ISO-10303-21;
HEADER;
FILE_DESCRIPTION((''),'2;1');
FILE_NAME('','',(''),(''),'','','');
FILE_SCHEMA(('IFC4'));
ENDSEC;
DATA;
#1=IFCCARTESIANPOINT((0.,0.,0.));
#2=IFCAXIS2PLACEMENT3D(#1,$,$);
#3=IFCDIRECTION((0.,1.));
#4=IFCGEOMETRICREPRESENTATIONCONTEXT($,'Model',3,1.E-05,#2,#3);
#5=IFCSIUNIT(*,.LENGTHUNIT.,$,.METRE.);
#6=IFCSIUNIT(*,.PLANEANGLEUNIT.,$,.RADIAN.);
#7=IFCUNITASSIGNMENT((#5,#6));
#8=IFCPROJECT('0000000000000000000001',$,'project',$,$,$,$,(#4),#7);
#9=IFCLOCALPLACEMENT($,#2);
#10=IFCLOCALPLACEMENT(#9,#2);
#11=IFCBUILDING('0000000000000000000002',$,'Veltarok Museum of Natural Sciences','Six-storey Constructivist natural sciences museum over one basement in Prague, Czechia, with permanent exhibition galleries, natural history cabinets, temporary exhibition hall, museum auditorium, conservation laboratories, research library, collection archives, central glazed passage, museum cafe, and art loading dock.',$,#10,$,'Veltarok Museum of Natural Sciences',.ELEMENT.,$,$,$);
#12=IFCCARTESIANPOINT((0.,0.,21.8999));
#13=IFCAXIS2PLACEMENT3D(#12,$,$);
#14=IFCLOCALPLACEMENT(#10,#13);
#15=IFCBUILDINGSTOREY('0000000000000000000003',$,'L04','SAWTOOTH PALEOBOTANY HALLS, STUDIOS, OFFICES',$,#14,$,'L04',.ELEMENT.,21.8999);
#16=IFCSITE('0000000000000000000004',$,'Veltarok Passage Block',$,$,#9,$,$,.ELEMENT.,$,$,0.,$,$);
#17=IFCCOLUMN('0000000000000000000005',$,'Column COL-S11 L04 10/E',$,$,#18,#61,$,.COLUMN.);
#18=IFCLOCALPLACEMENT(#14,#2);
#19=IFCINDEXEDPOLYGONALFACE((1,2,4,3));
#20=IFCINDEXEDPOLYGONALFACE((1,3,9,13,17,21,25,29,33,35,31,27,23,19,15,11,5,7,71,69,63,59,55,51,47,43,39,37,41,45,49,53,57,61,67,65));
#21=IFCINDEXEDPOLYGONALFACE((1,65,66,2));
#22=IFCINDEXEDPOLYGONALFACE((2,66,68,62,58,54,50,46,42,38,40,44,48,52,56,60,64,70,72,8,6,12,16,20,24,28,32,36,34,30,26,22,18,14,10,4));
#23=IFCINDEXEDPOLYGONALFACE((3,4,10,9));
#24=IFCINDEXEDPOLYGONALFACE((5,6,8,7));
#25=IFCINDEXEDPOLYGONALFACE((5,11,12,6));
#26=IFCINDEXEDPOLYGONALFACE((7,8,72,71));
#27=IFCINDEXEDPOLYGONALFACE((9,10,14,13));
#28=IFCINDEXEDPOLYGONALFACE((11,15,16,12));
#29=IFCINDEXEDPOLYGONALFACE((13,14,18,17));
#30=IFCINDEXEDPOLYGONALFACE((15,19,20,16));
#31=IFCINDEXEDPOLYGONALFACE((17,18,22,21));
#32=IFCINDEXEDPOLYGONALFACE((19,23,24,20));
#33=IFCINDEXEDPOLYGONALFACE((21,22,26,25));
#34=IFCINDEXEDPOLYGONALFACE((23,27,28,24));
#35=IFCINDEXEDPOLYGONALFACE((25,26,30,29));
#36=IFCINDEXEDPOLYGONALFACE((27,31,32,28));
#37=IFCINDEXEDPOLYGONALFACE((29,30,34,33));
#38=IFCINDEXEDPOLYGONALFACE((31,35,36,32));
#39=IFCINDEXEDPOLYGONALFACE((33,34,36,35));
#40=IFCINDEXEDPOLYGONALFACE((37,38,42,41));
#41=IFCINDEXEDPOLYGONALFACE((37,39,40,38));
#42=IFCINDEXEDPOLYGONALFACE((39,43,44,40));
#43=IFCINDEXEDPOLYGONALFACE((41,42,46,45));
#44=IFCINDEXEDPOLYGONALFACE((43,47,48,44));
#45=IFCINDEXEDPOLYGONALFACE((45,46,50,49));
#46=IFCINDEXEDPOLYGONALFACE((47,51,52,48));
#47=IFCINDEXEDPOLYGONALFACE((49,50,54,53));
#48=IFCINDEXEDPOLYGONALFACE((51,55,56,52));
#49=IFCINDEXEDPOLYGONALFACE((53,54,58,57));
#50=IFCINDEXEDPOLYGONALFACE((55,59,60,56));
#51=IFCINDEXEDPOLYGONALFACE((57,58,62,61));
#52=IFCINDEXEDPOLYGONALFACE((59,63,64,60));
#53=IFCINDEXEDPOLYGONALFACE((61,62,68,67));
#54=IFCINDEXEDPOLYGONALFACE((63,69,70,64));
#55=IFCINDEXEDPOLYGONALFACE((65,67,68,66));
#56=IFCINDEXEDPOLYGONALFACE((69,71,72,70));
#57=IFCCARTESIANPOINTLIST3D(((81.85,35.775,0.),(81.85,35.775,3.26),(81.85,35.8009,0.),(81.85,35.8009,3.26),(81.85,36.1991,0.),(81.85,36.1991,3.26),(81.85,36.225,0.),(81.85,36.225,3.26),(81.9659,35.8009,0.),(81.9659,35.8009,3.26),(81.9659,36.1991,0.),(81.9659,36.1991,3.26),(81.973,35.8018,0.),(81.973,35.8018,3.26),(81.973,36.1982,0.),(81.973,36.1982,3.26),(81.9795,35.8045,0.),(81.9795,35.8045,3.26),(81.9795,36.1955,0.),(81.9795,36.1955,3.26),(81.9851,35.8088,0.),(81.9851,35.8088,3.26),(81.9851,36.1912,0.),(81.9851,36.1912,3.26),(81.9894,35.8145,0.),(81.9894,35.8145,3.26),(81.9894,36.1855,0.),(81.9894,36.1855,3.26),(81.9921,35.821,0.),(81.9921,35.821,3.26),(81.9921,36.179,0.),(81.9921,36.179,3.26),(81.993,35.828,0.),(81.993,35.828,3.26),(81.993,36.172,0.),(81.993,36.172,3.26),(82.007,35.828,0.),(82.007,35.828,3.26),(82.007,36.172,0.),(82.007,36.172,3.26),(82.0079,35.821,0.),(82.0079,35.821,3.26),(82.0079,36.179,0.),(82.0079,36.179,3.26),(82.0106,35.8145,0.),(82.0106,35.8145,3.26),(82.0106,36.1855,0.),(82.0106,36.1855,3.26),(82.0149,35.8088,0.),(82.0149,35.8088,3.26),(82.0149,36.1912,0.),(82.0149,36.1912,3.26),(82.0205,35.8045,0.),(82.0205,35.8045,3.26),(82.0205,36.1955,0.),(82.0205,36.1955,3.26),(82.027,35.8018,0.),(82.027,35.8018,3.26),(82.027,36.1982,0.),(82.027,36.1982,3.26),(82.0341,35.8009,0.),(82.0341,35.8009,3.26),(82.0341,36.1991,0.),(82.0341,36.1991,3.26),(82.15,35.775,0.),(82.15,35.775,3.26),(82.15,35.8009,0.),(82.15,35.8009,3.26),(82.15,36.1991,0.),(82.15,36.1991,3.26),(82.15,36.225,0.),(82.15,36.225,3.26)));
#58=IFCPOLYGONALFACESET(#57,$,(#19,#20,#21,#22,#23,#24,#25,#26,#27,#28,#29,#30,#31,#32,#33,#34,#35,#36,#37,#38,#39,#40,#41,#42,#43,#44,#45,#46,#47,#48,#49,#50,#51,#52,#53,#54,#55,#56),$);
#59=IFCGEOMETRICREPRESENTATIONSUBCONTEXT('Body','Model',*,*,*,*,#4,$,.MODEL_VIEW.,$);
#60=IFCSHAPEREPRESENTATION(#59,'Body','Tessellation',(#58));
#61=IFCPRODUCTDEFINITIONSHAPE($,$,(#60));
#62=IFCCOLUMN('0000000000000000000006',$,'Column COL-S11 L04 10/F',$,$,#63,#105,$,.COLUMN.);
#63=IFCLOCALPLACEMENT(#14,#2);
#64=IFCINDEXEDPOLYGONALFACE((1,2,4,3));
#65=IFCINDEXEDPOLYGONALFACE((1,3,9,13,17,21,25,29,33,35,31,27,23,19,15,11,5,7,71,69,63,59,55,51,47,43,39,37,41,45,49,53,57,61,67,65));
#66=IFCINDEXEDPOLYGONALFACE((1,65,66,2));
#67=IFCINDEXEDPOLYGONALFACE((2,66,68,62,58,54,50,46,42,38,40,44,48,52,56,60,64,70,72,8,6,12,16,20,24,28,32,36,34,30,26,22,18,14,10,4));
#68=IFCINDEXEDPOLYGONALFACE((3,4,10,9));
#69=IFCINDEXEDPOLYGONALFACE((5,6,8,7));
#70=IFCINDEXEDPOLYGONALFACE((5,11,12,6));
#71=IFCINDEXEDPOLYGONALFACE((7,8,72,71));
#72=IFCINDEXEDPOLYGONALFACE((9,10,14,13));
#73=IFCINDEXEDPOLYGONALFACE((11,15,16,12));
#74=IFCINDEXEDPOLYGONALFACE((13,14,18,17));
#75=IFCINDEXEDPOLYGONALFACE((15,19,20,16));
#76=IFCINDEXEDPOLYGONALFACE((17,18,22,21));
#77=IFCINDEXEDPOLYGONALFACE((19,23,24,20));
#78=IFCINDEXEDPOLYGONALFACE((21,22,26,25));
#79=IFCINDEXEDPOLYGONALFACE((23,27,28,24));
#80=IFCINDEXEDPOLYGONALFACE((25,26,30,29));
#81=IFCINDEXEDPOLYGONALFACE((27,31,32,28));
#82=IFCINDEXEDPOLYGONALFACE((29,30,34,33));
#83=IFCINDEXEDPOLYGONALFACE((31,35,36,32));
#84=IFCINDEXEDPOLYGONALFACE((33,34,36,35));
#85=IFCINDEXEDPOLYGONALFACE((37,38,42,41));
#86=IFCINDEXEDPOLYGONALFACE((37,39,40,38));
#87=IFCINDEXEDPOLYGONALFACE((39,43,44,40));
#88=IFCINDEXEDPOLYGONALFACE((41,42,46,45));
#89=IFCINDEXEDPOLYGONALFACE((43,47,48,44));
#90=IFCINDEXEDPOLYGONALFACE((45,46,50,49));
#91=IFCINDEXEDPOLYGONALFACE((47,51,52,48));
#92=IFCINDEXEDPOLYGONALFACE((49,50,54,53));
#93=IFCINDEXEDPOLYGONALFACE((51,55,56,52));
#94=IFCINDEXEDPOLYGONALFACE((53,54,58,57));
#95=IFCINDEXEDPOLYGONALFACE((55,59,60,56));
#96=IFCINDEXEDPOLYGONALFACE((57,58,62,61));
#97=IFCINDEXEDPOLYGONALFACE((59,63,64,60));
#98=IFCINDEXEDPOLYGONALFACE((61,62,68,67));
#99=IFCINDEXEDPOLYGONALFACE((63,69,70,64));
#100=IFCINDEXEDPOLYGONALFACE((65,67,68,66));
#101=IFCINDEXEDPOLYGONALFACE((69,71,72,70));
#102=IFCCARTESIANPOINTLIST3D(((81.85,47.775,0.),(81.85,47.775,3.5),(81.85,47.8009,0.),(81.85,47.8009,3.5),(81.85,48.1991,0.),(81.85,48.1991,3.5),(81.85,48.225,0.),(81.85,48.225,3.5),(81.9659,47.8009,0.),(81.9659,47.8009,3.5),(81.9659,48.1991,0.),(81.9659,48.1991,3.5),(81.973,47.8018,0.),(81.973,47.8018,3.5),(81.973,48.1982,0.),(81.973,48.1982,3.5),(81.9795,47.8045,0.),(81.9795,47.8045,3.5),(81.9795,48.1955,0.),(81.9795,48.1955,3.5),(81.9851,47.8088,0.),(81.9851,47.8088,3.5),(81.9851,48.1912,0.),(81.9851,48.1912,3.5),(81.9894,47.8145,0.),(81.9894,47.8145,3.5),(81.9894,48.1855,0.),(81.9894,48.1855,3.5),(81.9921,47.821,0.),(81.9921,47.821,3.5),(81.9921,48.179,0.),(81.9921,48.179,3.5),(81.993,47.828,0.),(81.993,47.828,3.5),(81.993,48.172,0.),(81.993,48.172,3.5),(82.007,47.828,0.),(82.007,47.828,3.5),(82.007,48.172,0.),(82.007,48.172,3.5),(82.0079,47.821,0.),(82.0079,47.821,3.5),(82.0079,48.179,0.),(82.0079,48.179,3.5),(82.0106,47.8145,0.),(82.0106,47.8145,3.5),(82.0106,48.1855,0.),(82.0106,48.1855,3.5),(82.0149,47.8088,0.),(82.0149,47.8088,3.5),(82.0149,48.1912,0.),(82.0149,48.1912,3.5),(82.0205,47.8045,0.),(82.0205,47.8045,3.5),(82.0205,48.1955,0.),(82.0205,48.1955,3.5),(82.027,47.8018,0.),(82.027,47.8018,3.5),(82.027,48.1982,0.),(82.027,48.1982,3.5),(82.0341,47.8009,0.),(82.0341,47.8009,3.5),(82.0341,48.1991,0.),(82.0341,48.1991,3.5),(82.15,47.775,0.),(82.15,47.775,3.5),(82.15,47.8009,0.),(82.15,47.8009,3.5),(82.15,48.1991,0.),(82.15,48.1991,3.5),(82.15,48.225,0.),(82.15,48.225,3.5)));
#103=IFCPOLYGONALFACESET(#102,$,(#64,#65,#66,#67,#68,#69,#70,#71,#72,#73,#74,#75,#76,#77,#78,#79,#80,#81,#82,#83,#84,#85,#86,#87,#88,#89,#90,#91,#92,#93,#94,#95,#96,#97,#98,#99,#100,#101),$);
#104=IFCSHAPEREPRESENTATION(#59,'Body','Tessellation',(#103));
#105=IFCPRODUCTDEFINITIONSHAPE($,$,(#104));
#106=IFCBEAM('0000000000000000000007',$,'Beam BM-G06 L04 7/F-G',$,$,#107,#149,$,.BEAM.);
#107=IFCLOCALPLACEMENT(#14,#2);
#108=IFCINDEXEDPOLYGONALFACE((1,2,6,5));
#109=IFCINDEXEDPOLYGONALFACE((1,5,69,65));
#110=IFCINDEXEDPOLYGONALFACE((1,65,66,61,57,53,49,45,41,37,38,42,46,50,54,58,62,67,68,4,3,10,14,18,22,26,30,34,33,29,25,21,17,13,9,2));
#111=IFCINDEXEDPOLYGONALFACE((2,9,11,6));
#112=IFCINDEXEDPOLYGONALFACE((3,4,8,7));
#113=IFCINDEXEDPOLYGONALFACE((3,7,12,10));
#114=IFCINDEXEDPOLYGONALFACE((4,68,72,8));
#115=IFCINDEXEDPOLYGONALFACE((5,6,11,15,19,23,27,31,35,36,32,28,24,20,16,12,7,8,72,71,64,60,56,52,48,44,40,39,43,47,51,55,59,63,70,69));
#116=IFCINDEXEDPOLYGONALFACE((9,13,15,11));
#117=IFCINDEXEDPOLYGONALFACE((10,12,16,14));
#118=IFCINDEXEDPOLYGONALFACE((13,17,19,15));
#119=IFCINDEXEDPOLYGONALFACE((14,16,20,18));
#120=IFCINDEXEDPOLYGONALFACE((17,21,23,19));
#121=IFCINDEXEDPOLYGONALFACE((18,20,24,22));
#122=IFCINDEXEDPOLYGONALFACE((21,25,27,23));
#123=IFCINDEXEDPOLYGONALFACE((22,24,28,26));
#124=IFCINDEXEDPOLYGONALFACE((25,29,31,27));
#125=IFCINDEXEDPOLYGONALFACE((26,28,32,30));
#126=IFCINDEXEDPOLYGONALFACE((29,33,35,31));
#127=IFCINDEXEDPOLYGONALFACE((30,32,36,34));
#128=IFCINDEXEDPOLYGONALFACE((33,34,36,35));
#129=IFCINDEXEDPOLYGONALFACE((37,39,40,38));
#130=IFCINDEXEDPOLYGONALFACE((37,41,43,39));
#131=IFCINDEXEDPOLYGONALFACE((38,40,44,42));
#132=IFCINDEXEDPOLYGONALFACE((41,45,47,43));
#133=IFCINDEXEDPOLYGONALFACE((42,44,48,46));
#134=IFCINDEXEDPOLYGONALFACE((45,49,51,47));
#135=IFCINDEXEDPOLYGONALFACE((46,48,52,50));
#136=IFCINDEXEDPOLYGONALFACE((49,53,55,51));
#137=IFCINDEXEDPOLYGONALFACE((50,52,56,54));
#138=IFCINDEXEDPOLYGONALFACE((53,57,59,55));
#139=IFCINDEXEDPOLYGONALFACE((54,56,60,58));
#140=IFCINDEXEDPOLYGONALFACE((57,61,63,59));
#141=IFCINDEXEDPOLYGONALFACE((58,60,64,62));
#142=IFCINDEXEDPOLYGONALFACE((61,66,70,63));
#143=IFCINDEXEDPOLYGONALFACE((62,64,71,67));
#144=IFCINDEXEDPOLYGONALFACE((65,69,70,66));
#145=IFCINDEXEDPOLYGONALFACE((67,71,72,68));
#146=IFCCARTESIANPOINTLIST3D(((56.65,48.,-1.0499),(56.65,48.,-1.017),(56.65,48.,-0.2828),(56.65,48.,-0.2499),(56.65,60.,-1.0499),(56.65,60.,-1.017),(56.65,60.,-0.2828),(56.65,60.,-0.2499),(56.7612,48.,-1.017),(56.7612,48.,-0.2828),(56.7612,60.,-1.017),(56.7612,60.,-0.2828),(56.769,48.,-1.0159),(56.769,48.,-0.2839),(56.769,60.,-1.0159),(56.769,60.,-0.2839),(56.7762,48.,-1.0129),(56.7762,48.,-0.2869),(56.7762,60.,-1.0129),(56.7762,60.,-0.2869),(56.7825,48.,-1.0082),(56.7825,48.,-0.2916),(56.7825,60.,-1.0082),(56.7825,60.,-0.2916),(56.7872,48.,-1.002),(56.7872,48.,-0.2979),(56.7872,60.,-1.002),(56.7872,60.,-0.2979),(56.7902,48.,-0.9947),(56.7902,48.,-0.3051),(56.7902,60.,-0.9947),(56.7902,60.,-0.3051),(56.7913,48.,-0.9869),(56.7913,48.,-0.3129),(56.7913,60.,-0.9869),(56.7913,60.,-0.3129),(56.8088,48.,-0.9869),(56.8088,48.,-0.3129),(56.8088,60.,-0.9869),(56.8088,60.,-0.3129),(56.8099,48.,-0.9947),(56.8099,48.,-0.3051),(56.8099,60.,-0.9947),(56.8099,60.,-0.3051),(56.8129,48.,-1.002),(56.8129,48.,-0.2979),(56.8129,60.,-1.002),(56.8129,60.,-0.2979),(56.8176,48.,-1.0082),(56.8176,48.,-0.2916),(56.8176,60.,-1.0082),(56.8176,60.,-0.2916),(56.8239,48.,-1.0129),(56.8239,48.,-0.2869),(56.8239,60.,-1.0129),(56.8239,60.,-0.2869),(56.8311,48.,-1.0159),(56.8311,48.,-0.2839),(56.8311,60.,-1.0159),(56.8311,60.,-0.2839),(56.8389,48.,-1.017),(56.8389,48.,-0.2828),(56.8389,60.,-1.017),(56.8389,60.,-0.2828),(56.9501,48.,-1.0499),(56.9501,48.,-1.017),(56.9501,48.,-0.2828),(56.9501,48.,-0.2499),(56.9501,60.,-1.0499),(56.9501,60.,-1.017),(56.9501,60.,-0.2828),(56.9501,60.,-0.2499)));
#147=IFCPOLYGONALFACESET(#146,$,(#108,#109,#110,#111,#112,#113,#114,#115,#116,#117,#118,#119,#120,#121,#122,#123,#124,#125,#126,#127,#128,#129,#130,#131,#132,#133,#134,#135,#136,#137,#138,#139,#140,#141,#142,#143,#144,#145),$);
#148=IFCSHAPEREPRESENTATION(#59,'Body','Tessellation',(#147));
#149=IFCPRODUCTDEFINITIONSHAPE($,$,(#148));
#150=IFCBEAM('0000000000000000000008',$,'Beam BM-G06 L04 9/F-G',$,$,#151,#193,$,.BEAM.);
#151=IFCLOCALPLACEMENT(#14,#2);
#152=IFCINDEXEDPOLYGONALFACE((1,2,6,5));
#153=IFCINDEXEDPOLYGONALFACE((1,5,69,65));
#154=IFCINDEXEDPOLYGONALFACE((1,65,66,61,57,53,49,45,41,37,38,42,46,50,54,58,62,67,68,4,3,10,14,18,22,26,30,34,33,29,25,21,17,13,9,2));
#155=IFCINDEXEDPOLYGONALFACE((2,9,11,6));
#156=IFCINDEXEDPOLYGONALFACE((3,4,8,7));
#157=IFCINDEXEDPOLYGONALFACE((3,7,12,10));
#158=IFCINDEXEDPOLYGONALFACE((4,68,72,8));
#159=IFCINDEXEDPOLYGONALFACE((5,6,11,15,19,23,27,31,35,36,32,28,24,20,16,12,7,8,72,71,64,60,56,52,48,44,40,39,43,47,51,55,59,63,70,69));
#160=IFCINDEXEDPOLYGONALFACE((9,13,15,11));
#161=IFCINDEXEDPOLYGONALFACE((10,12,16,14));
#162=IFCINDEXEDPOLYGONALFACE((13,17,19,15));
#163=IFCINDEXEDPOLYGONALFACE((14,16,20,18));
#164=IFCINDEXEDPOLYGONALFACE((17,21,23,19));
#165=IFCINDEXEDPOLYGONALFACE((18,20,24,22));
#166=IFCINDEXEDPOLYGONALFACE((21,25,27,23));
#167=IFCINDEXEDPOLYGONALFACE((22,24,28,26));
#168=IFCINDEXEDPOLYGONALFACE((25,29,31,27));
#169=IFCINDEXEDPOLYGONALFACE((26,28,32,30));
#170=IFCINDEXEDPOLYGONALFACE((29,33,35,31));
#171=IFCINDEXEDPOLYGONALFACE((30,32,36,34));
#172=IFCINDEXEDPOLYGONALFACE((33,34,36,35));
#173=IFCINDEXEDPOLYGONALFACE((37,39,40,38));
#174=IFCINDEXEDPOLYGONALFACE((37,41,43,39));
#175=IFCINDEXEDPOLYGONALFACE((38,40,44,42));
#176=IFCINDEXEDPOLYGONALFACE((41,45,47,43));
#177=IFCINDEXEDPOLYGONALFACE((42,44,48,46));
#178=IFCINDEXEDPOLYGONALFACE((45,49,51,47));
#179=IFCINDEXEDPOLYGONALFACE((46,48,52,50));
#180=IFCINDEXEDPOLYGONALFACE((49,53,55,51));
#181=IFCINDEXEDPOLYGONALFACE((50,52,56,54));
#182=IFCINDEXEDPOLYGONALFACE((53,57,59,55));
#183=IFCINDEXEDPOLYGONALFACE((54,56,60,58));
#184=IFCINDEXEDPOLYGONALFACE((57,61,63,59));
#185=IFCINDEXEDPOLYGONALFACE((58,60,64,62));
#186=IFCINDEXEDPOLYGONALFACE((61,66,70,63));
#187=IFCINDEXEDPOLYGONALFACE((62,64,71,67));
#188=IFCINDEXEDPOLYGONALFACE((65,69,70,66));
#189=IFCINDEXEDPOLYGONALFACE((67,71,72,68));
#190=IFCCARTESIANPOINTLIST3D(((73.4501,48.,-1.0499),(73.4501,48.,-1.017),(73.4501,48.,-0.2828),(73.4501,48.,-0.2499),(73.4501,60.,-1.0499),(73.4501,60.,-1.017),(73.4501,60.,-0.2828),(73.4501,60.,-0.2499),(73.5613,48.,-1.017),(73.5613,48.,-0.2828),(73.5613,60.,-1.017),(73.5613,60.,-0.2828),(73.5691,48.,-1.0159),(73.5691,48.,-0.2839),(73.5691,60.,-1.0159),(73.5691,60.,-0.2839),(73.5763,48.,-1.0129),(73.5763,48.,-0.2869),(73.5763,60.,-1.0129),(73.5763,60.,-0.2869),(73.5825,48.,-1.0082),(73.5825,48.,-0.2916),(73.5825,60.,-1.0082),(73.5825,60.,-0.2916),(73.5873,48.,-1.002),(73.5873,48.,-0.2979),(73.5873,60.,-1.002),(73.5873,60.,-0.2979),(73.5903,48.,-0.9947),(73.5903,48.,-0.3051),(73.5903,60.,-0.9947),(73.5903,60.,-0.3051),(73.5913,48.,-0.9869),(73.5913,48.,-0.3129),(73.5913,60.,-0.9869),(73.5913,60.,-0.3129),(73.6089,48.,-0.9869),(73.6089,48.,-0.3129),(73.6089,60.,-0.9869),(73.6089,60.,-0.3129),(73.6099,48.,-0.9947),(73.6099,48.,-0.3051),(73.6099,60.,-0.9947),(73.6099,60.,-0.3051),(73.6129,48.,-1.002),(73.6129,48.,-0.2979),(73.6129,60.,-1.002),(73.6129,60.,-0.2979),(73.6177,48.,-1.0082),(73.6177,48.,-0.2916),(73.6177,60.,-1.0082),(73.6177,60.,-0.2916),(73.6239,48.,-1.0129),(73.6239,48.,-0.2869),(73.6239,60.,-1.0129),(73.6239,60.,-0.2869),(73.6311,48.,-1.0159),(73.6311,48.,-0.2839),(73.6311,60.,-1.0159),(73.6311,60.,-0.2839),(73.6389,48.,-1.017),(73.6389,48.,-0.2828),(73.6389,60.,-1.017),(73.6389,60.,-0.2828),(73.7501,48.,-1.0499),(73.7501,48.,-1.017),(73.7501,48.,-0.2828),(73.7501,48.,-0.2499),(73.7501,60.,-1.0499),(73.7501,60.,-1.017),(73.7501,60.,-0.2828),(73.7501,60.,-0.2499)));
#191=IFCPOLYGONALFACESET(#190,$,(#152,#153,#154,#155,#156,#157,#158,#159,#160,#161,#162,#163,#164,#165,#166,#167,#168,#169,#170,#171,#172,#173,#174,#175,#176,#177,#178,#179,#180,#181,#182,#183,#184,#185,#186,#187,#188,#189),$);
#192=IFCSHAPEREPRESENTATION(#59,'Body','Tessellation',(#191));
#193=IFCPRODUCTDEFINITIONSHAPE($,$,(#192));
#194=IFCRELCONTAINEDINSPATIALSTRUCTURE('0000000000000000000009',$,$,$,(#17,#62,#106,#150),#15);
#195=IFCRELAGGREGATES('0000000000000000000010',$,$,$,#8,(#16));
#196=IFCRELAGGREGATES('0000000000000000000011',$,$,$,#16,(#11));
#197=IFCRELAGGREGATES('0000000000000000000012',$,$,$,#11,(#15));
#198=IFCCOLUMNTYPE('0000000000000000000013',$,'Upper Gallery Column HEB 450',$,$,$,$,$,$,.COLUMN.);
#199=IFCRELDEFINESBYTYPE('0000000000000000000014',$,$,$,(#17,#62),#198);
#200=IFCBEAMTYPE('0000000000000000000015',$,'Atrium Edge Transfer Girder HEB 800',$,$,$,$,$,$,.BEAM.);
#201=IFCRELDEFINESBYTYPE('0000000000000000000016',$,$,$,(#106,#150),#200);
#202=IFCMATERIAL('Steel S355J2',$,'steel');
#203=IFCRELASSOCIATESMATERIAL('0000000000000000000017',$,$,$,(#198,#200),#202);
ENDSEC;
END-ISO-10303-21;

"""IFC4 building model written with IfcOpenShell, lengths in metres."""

from ifc_helpers import new_model, si_unit, direction, frame, origin, origin_2d, place, context, subcontext, project, spatial, i_section, extrude, material, material_profile, profile_set, type_object, element, save


model = new_model("IFC4")

# Units and contexts
model_context = context("Model", 3, precision=1e-05, world=origin(), true_north=direction((0.0, 1.0)))
body_context = subcontext(model_context, "Body", "Model", "MODEL_VIEW")
ifc_project = project(units=[si_unit("LENGTHUNIT", "METRE"), si_unit("PLANEANGLEUNIT", "RADIAN")], contexts=[model_context])

# Site, building, storey
site_placement = place(None, origin())
site = spatial("IfcSite", under=ifc_project, at=site_placement, Name="Veltarok Passage Block", CompositionType="ELEMENT", RefElevation=0.0)
building_placement = place(site_placement, origin())
building = spatial("IfcBuilding", under=site, at=building_placement, Name="Veltarok Museum of Natural Sciences", Description="Six-storey Constructivist natural sciences museum over one basement in Prague, Czechia, with permanent exhibition galleries, natural history cabinets, temporary exhibition hall, museum auditorium, conservation laboratories, research library, collection archives, central glazed passage, museum cafe, and art loading dock.", LongName="Veltarok Museum of Natural Sciences", CompositionType="ELEMENT")
storey_placement = place(building_placement, frame((0.0, 0.0, 21.8999)))
storey = spatial("IfcBuildingStorey", under=building, at=storey_placement, Name="L04", Description="SAWTOOTH PALEOBOTANY HALLS, STUDIOS, OFFICES", LongName="L04", CompositionType="ELEMENT", Elevation=21.8999)

# Columns
ifc_material = material(Name="Steel S355J2", Category="steel")
ifc_material_profile_1 = material_profile(ifc_material, i_section(OverallWidth=0.3, OverallDepth=0.45, WebThickness=0.0139, FlangeThickness=0.0259, FilletRadius=0.0271, at=origin_2d()), Name="HEB 450")
ifc_profile_set_1 = profile_set([ifc_material_profile_1], Name="Steel S355J2")
column_type_1 = type_object("IfcColumnType", Name="Upper Gallery Column HEB 450", PredefinedType="COLUMN", material=ifc_profile_set_1)
column_1_placement = place(storey_placement, frame((82.0, 36.0, 0.0), z_axis=(0.0, 0.0, 1.0), x_axis=(1.0, 0.0, 0.0)))
element("IfcColumn", 1, at=column_1_placement, inside=storey, type_object=column_type_1, Name="Column COL-S11 L04 10/E", PredefinedType="COLUMN", context=body_context, shape_type="SweptSolid", body=[
    extrude(i_section(OverallWidth=0.3, OverallDepth=0.45, WebThickness=0.0139, FlangeThickness=0.0259, FilletRadius=0.0271, at=origin_2d()), origin(), (0.0, 0.0, 1.0), 3.26),
])
column_2_placement = place(storey_placement, frame((82.0, 48.0, 0.0), z_axis=(0.0, 0.0, 1.0), x_axis=(1.0, 0.0, 0.0)))
element("IfcColumn", 2, at=column_2_placement, inside=storey, type_object=column_type_1, Name="Column COL-S11 L04 10/F", PredefinedType="COLUMN", context=body_context, shape_type="SweptSolid", body=[
    extrude(i_section(OverallWidth=0.3, OverallDepth=0.45, WebThickness=0.0139, FlangeThickness=0.0259, FilletRadius=0.0271, at=origin_2d()), origin(), (0.0, 0.0, 1.0), 3.5),
])

# Beams
ifc_material_profile_2 = material_profile(ifc_material, i_section(OverallWidth=0.3, OverallDepth=0.8, WebThickness=0.0176, FlangeThickness=0.033, FilletRadius=0.03, at=origin_2d()), Name="HEB 800")
ifc_profile_set_2 = profile_set([ifc_material_profile_2], Name="Steel S355J2")
beam_type_1 = type_object("IfcBeamType", Name="Atrium Edge Transfer Girder HEB 800", PredefinedType="BEAM", material=ifc_profile_set_2)
for number, where, z_axis, x_axis, name in (
    (3, (56.8, 48.0, -0.6499), (0.0, 1.0, 0.0), (-1.0, 0.0, 0.0), "Beam BM-G06 L04 7/F-G"),
    (4, (73.6001, 48.0, -0.6499), (0.0, 1.0, 0.0), (-1.0, 0.0, 0.0), "Beam BM-G06 L04 9/F-G"),
):
    element("IfcBeam", number, at=place(storey_placement, frame(where, z_axis=z_axis, x_axis=x_axis)), inside=storey, type_object=beam_type_1, Name=name, PredefinedType="BEAM", context=body_context, shape_type="SweptSolid", body=[
        extrude(i_section(OverallWidth=0.3, OverallDepth=0.8, WebThickness=0.0176, FlangeThickness=0.033, FilletRadius=0.03, at=origin_2d()), origin(), (0.0, 0.0, 1.0), 12.0),
    ])

save(model, "model.ifc")
